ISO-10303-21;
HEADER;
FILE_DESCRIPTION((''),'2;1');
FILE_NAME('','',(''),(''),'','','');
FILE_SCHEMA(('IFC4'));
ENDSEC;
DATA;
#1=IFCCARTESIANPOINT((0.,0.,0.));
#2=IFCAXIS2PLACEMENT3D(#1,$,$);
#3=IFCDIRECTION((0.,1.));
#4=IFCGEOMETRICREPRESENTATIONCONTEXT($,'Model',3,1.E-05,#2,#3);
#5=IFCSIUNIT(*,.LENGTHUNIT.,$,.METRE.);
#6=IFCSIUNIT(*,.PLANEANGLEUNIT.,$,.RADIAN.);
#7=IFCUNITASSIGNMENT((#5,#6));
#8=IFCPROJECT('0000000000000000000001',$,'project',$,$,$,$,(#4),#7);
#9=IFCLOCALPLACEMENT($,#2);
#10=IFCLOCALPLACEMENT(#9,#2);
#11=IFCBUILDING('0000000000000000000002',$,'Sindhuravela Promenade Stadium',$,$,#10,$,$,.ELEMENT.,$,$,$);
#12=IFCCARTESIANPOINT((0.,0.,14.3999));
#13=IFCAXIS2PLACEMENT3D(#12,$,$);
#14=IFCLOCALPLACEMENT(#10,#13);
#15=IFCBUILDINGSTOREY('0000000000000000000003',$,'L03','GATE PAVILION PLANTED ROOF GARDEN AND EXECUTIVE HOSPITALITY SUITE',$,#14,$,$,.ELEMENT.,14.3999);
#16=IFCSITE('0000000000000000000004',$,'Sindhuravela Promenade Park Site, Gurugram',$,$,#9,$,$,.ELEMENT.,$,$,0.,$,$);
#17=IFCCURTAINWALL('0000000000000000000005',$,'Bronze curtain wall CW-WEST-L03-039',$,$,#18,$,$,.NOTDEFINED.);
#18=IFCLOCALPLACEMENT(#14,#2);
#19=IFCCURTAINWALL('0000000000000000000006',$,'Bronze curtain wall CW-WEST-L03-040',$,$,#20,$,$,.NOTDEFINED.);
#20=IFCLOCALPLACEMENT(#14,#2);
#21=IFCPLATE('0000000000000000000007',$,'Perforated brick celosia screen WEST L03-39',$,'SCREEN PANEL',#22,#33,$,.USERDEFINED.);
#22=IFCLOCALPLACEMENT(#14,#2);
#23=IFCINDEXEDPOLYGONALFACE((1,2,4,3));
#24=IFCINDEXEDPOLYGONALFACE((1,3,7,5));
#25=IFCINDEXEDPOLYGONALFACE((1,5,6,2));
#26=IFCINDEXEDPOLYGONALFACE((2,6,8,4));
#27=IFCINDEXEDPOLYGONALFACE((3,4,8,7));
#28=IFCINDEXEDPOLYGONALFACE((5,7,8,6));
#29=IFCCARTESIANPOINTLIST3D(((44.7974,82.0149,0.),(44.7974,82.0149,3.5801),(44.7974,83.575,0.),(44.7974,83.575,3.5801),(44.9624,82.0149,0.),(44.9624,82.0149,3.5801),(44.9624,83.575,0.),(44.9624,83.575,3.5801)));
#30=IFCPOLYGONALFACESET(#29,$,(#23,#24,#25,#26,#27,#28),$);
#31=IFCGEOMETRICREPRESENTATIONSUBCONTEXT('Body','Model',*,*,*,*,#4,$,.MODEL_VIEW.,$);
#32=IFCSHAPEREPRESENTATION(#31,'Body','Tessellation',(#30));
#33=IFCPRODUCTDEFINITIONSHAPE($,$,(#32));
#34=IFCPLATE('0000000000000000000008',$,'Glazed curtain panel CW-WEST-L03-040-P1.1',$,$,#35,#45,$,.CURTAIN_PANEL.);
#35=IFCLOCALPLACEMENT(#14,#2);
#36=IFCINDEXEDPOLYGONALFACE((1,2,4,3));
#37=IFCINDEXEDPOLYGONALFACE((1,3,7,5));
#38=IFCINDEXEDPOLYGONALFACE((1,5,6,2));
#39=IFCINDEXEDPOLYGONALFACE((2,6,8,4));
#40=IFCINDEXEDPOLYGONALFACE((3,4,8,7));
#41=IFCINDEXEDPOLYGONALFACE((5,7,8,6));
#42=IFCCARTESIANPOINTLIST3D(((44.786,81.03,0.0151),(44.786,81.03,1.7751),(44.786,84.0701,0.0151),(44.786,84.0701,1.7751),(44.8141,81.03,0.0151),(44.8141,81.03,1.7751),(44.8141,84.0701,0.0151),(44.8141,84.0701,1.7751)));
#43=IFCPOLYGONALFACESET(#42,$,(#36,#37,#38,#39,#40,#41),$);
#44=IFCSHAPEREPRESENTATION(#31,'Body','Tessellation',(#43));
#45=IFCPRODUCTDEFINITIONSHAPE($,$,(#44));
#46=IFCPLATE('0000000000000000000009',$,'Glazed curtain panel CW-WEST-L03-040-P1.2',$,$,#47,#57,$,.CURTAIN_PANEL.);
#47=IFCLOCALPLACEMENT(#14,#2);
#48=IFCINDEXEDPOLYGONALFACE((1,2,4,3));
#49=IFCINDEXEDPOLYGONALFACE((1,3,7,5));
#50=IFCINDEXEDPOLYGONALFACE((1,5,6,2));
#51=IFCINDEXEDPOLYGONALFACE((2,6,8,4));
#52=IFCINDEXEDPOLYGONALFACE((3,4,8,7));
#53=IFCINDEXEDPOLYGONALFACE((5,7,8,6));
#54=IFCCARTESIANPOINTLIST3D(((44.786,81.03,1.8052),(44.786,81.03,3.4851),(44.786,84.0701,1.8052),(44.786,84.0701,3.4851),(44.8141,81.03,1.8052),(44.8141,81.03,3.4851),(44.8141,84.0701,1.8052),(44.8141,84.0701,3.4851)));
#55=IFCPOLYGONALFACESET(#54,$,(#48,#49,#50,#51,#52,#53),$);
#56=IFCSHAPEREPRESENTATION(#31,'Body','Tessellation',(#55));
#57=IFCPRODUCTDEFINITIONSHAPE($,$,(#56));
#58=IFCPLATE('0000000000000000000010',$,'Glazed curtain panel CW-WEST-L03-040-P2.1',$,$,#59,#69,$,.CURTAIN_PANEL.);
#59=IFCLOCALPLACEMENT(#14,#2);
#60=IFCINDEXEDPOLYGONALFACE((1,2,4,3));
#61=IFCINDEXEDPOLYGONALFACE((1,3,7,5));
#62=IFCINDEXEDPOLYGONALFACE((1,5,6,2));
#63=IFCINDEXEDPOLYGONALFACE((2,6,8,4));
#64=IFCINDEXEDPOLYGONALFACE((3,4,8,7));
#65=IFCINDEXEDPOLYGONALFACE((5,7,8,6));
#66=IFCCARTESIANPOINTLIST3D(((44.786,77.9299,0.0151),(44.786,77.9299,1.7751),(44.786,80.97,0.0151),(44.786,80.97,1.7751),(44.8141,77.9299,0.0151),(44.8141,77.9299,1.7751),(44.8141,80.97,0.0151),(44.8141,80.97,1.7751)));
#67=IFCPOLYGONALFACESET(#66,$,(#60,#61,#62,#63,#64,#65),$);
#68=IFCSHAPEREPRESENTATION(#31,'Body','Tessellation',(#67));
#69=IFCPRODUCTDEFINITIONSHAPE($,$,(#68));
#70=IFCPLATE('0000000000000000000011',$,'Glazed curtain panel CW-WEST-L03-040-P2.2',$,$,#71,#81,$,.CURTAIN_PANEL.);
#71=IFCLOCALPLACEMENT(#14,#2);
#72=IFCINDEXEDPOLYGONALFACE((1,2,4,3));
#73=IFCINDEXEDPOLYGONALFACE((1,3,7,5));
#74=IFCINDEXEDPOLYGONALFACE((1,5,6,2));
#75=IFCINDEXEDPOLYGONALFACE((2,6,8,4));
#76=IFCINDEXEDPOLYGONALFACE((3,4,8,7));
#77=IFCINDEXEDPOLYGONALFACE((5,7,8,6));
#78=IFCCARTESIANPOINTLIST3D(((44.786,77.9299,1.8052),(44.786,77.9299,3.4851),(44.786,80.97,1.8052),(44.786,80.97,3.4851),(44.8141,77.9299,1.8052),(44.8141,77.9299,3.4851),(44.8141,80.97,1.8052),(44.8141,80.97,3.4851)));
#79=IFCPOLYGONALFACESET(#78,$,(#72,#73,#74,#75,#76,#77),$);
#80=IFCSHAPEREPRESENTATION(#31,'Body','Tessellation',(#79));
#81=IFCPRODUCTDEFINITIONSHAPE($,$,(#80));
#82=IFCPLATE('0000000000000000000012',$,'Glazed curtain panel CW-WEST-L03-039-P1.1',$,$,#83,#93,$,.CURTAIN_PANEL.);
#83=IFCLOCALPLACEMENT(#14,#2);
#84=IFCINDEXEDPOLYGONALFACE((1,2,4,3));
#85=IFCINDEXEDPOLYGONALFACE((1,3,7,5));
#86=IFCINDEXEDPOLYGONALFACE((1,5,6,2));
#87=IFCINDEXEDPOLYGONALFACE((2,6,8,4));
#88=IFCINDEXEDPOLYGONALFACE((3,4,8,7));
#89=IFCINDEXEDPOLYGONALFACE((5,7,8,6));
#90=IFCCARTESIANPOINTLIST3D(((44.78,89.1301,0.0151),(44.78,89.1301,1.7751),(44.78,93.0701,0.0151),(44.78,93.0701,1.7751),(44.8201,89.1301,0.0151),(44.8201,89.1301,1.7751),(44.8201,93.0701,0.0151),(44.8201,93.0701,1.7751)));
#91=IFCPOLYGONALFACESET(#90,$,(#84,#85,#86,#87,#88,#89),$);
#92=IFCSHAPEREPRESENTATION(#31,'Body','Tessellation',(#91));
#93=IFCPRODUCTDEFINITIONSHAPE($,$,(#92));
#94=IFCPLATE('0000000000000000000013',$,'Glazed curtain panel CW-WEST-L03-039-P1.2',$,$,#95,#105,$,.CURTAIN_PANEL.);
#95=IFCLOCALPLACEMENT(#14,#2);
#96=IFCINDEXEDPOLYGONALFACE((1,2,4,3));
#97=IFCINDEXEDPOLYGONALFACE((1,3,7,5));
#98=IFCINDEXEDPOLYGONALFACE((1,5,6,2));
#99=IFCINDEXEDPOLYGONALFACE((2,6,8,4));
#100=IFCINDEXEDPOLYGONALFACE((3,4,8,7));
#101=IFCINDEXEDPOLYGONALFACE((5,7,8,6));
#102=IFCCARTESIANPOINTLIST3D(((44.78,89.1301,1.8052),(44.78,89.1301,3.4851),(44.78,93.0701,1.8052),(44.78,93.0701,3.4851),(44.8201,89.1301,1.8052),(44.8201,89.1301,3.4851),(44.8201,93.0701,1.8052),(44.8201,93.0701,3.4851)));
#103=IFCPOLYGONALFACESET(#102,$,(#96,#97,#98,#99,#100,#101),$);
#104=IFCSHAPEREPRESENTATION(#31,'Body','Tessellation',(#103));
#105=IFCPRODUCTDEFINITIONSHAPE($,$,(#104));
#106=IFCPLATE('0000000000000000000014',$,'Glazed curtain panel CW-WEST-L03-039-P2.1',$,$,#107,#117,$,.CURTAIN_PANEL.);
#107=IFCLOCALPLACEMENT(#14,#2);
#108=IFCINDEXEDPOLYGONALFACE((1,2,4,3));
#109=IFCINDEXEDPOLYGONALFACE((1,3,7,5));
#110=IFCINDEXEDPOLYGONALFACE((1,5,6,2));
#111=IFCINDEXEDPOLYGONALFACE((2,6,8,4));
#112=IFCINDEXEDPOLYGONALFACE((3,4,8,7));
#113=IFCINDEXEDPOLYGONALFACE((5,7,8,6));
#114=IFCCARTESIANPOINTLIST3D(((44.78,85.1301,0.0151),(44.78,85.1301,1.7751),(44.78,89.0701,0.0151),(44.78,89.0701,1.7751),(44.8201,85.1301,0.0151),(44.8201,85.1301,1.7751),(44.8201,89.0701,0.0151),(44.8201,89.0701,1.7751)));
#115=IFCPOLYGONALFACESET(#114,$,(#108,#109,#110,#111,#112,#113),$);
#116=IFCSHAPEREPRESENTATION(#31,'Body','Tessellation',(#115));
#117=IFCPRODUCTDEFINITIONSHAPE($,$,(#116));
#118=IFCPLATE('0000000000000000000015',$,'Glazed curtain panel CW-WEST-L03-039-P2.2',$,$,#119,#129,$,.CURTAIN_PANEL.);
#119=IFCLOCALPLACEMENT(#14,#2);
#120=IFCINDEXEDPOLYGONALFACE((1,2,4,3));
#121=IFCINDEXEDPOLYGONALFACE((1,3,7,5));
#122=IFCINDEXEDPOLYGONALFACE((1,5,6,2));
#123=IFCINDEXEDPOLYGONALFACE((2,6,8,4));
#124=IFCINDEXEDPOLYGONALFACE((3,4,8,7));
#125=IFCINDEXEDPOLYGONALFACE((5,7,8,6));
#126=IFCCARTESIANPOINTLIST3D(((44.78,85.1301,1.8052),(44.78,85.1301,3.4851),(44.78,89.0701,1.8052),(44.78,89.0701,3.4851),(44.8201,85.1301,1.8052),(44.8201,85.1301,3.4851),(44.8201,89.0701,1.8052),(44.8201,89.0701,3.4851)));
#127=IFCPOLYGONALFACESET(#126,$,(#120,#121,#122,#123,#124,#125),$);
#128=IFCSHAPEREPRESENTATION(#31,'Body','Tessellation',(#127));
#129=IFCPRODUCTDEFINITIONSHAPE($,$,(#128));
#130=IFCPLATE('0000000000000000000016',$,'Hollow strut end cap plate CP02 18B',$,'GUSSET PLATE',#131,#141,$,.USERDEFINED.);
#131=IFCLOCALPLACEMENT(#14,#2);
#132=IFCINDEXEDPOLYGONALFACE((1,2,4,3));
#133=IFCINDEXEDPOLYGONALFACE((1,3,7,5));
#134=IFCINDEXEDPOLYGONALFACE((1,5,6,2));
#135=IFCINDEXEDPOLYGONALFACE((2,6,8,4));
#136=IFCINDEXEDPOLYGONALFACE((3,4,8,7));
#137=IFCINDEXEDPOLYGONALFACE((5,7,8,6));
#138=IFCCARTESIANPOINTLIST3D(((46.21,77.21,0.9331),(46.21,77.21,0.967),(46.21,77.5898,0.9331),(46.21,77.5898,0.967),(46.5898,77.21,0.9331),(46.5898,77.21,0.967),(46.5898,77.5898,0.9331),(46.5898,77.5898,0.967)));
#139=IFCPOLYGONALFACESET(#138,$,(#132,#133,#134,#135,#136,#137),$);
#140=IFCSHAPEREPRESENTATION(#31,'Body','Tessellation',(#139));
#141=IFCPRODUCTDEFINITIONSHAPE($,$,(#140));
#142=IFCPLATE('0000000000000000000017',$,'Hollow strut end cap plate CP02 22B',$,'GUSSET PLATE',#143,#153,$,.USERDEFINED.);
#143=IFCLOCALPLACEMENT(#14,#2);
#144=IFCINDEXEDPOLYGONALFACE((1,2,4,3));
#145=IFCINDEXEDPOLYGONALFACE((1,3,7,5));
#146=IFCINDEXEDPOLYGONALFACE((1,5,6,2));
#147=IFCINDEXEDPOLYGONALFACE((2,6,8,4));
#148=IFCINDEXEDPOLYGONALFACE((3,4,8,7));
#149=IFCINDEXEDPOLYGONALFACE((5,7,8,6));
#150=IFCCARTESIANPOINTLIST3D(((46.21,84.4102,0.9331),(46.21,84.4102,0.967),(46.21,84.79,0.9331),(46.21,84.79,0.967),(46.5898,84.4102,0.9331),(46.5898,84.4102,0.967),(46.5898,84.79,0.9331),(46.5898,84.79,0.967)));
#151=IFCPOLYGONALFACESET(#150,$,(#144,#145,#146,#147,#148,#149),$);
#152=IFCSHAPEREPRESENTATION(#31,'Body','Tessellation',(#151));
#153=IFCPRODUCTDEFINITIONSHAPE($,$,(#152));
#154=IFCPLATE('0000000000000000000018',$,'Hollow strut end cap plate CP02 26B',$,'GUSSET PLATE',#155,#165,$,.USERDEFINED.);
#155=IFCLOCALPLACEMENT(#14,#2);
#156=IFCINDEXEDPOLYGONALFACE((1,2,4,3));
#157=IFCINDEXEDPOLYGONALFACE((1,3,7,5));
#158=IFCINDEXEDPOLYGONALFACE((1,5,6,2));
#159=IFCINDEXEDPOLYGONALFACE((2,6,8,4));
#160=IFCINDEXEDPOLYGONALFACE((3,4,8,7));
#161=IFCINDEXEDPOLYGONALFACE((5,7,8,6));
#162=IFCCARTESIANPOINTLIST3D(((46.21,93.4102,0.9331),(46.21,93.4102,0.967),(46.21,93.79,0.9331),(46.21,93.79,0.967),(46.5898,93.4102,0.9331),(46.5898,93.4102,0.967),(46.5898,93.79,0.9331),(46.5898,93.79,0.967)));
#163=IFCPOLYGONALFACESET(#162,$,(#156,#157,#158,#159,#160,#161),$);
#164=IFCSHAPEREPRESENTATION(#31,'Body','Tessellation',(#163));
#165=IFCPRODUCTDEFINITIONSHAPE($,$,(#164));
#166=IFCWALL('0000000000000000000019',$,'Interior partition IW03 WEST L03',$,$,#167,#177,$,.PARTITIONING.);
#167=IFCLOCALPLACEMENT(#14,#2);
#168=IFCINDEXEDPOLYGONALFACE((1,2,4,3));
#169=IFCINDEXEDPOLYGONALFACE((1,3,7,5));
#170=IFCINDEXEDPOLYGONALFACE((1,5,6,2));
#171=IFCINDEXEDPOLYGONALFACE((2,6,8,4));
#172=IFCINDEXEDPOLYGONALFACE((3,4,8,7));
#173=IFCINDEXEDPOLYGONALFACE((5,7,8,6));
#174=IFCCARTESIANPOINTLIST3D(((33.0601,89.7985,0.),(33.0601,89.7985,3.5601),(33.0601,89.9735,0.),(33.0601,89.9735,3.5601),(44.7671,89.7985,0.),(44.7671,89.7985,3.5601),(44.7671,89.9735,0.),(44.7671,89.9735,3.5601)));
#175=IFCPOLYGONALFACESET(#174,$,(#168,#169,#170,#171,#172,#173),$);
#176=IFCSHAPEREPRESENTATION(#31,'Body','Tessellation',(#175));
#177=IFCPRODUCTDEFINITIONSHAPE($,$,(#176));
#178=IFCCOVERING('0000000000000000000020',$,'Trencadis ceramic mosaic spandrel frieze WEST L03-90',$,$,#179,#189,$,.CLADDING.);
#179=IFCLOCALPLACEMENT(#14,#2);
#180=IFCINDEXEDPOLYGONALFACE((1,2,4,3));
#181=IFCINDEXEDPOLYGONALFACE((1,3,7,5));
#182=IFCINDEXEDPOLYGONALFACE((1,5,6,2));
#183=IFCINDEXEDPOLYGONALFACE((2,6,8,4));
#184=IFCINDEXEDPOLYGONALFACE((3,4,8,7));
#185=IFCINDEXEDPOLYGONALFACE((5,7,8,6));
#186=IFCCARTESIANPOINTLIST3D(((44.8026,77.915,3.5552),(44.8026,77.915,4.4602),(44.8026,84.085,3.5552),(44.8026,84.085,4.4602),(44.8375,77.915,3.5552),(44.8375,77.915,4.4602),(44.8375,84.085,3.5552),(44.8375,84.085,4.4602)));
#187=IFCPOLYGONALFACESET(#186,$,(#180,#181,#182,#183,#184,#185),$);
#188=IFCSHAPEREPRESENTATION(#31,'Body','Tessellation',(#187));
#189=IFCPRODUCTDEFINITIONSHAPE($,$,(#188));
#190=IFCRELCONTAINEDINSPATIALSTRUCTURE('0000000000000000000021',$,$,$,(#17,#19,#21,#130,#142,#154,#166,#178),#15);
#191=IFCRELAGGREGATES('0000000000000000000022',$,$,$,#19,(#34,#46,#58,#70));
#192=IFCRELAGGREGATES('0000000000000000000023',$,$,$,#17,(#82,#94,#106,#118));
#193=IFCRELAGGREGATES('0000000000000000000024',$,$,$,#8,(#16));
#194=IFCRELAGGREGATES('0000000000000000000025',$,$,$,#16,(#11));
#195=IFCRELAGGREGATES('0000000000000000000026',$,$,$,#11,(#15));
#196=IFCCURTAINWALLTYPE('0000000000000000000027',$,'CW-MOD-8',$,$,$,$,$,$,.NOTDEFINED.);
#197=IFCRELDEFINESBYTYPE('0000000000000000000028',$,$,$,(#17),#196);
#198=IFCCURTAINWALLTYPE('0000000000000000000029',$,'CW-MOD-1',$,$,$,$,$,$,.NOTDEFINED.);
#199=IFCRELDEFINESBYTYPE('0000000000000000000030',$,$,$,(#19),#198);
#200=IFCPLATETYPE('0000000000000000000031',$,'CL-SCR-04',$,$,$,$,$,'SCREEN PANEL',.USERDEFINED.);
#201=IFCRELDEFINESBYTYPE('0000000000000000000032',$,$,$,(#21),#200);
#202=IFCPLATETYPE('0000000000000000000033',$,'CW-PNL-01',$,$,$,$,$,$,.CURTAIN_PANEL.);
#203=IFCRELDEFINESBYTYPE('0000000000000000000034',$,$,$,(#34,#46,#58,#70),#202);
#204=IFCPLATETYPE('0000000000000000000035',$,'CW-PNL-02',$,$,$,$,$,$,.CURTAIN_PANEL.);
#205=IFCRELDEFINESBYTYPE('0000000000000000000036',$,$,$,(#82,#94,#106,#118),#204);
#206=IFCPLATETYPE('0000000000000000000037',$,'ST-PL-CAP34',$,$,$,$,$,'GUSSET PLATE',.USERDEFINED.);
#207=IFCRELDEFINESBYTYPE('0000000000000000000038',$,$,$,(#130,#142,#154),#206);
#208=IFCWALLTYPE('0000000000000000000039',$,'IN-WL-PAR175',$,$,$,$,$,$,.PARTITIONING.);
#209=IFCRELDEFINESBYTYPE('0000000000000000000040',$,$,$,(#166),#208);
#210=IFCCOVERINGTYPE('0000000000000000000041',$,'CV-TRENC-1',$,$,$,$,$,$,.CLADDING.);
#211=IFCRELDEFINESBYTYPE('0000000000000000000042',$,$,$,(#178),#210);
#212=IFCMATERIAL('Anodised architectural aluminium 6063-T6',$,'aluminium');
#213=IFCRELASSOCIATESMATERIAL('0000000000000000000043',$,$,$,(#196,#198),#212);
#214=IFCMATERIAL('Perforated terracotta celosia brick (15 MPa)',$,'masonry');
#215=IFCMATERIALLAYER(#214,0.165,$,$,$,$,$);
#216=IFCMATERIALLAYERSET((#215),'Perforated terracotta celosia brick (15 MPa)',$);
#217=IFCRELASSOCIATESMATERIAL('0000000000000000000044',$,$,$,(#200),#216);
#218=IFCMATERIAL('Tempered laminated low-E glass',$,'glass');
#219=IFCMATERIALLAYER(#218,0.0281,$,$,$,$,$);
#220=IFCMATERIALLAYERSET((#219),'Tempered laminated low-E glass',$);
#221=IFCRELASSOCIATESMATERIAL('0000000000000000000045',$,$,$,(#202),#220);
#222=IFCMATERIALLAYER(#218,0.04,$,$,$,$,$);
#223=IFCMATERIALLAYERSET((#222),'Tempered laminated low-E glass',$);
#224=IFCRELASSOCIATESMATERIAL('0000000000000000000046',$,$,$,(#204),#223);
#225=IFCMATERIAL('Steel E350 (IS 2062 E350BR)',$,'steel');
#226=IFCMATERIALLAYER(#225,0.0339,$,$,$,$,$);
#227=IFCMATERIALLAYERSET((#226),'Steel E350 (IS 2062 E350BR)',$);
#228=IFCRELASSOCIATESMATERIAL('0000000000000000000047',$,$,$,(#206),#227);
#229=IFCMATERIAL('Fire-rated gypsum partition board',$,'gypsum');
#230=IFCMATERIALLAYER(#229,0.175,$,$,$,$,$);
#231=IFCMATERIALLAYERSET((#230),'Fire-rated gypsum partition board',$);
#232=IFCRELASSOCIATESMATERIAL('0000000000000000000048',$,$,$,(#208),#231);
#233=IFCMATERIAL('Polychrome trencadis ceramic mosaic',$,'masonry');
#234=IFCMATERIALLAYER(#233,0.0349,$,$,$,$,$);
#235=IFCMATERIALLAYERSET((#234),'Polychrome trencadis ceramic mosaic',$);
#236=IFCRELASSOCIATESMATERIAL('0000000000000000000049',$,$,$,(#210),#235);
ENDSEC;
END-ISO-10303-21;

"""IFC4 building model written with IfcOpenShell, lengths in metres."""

from ifc_helpers import new_model, si_unit, direction, frame, frame_2d, origin, origin_2d, place, context, subcontext, project, spatial, rectangle, extrude, material, layer, layer_set, type_object, element, aggregate, save


model = new_model("IFC4")

# Units and contexts
model_context = context("Model", 3, precision=1e-05, world=origin(), true_north=direction((0.0, 1.0)))
body_context = subcontext(model_context, "Body", "Model", "MODEL_VIEW")
ifc_project = project(units=[si_unit("LENGTHUNIT", "METRE"), si_unit("PLANEANGLEUNIT", "RADIAN")], contexts=[model_context])

# Site, building, storey
site_placement = place(None, origin())
site = spatial("IfcSite", under=ifc_project, at=site_placement, Name="Sindhuravela Promenade Park Site, Gurugram", CompositionType="ELEMENT", RefElevation=0.0)
building_placement = place(site_placement, origin())
building = spatial("IfcBuilding", under=site, at=building_placement, Name="Sindhuravela Promenade Stadium", CompositionType="ELEMENT")
storey_placement = place(building_placement, frame((0.0, 0.0, 14.3999)))
storey = spatial("IfcBuildingStorey", under=building, at=storey_placement, Name="L03", Description="GATE PAVILION PLANTED ROOF GARDEN AND EXECUTIVE HOSPITALITY SUITE", CompositionType="ELEMENT", Elevation=14.3999)

# Curtain walls
ifc_material_1 = material(Name="Anodised architectural aluminium 6063-T6", Category="aluminium")
curtain_wall_type_1 = type_object("IfcCurtainWallType", Name="CW-MOD-8", PredefinedType="NOTDEFINED", material=ifc_material_1)
curtain_wall_1_placement = place(storey_placement, origin())
curtain_wall_1 = element("IfcCurtainWall", 1, at=curtain_wall_1_placement, inside=storey, type_object=curtain_wall_type_1, Name="Bronze curtain wall CW-WEST-L03-039", PredefinedType="NOTDEFINED")
curtain_wall_type_2 = type_object("IfcCurtainWallType", Name="CW-MOD-1", PredefinedType="NOTDEFINED", material=ifc_material_1)
curtain_wall_2_placement = place(storey_placement, origin())
curtain_wall_2 = element("IfcCurtainWall", 2, at=curtain_wall_2_placement, inside=storey, type_object=curtain_wall_type_2, Name="Bronze curtain wall CW-WEST-L03-040", PredefinedType="NOTDEFINED")

# Plate
ifc_material_2 = material(Name="Perforated terracotta celosia brick (15 MPa)", Category="masonry")
ifc_layer_1 = layer(ifc_material_2, 0.165)
ifc_layer_set_1 = layer_set([ifc_layer_1], Name="Perforated terracotta celosia brick (15 MPa)")
plate_type_1 = type_object("IfcPlateType", Name="CL-SCR-04", ElementType="SCREEN PANEL", PredefinedType="USERDEFINED", material=ifc_layer_set_1)
plate_1_placement = place(storey_placement, frame((44.8799, 82.7949, 0.0), z_axis=(0.0, 0.0, 1.0), x_axis=(0.0, -1.0, 0.0)))
element("IfcPlate", 3, at=plate_1_placement, inside=storey, type_object=plate_type_1, Name="Perforated brick celosia screen WEST L03-39", ObjectType="SCREEN PANEL", PredefinedType="USERDEFINED", context=body_context, shape_type="SweptSolid", body=[
    extrude(rectangle(XDim=1.5601, YDim=0.165, at=origin_2d()), origin(), (0.0, 0.0, 1.0), 3.5801),
])

# Plates
ifc_material_3 = material(Name="Tempered laminated low-E glass", Category="glass")
ifc_layer_2 = layer(ifc_material_3, 0.0281)
ifc_layer_set_2 = layer_set([ifc_layer_2], Name="Tempered laminated low-E glass")
plate_type_2 = type_object("IfcPlateType", Name="CW-PNL-01", PredefinedType="CURTAIN_PANEL", material=ifc_layer_set_2)
plate_2_placement = place(storey_placement, frame((44.8, 82.55, 0.0151), z_axis=(0.0, 0.0, 1.0), x_axis=(0.0, -1.0, 0.0)))
plate_2 = element("IfcPlate", 4, at=plate_2_placement, type_object=plate_type_2, Name="Glazed curtain panel CW-WEST-L03-040-P1.1", PredefinedType="CURTAIN_PANEL", context=body_context, shape_type="SweptSolid", body=[
    extrude(rectangle(XDim=3.04, YDim=0.0281, at=origin_2d()), origin(), (0.0, 0.0, 1.0), 1.76),
])
plate_3_placement = place(storey_placement, frame((44.8, 82.55, 1.8052), z_axis=(0.0, 0.0, 1.0), x_axis=(0.0, -1.0, 0.0)))
plate_3 = element("IfcPlate", 5, at=plate_3_placement, type_object=plate_type_2, Name="Glazed curtain panel CW-WEST-L03-040-P1.2", PredefinedType="CURTAIN_PANEL", context=body_context, shape_type="SweptSolid", body=[
    extrude(rectangle(XDim=3.04, YDim=0.0281, at=origin_2d()), origin(), (0.0, 0.0, 1.0), 1.6799),
])
plate_4_placement = place(storey_placement, frame((44.8, 79.45, 0.0151), z_axis=(0.0, 0.0, 1.0), x_axis=(0.0, -1.0, 0.0)))
plate_4 = element("IfcPlate", 6, at=plate_4_placement, type_object=plate_type_2, Name="Glazed curtain panel CW-WEST-L03-040-P2.1", PredefinedType="CURTAIN_PANEL", context=body_context, shape_type="SweptSolid", body=[
    extrude(rectangle(XDim=3.04, YDim=0.0281, at=origin_2d()), origin(), (0.0, 0.0, 1.0), 1.76),
])
plate_5_placement = place(storey_placement, frame((44.8, 79.45, 1.8052), z_axis=(0.0, 0.0, 1.0), x_axis=(0.0, -1.0, 0.0)))
plate_5 = element("IfcPlate", 7, at=plate_5_placement, type_object=plate_type_2, Name="Glazed curtain panel CW-WEST-L03-040-P2.2", PredefinedType="CURTAIN_PANEL", context=body_context, shape_type="SweptSolid", body=[
    extrude(rectangle(XDim=3.04, YDim=0.0281, at=origin_2d()), origin(), (0.0, 0.0, 1.0), 1.6799),
])
aggregate(curtain_wall_2, [plate_2, plate_3, plate_4, plate_5])
ifc_layer_3 = layer(ifc_material_3, 0.04)
ifc_layer_set_3 = layer_set([ifc_layer_3], Name="Tempered laminated low-E glass")
plate_type_3 = type_object("IfcPlateType", Name="CW-PNL-02", PredefinedType="CURTAIN_PANEL", material=ifc_layer_set_3)
plate_6_placement = place(storey_placement, frame((44.8, 91.1001, 0.0151), z_axis=(0.0, 0.0, 1.0), x_axis=(0.0, -1.0, 0.0)))
plate_6 = element("IfcPlate", 8, at=plate_6_placement, type_object=plate_type_3, Name="Glazed curtain panel CW-WEST-L03-039-P1.1", PredefinedType="CURTAIN_PANEL", context=body_context, shape_type="SweptSolid", body=[
    extrude(rectangle(XDim=3.9399, YDim=0.04, at=origin_2d()), origin(), (0.0, 0.0, 1.0), 1.76),
])
plate_7_placement = place(storey_placement, frame((44.8, 91.1001, 1.8052), z_axis=(0.0, 0.0, 1.0), x_axis=(0.0, -1.0, 0.0)))
plate_7 = element("IfcPlate", 9, at=plate_7_placement, type_object=plate_type_3, Name="Glazed curtain panel CW-WEST-L03-039-P1.2", PredefinedType="CURTAIN_PANEL", context=body_context, shape_type="SweptSolid", body=[
    extrude(rectangle(XDim=3.9399, YDim=0.04, at=origin_2d()), origin(), (0.0, 0.0, 1.0), 1.6799),
])
plate_8_placement = place(storey_placement, frame((44.8, 87.1001, 0.0151), z_axis=(0.0, 0.0, 1.0), x_axis=(0.0, -1.0, 0.0)))
plate_8 = element("IfcPlate", 10, at=plate_8_placement, type_object=plate_type_3, Name="Glazed curtain panel CW-WEST-L03-039-P2.1", PredefinedType="CURTAIN_PANEL", context=body_context, shape_type="SweptSolid", body=[
    extrude(rectangle(XDim=3.9399, YDim=0.04, at=origin_2d()), origin(), (0.0, 0.0, 1.0), 1.76),
])
plate_9_placement = place(storey_placement, frame((44.8, 87.1001, 1.8052), z_axis=(0.0, 0.0, 1.0), x_axis=(0.0, -1.0, 0.0)))
plate_9 = element("IfcPlate", 11, at=plate_9_placement, type_object=plate_type_3, Name="Glazed curtain panel CW-WEST-L03-039-P2.2", PredefinedType="CURTAIN_PANEL", context=body_context, shape_type="SweptSolid", body=[
    extrude(rectangle(XDim=3.9399, YDim=0.04, at=origin_2d()), origin(), (0.0, 0.0, 1.0), 1.6799),
])
aggregate(curtain_wall_1, [plate_6, plate_7, plate_8, plate_9])

# Plates
ifc_material_4 = material(Name="Steel E350 (IS 2062 E350BR)", Category="steel")
ifc_layer_4 = layer(ifc_material_4, 0.0339)
ifc_layer_set_4 = layer_set([ifc_layer_4], Name="Steel E350 (IS 2062 E350BR)")
plate_type_4 = type_object("IfcPlateType", Name="ST-PL-CAP34", ElementType="GUSSET PLATE", PredefinedType="USERDEFINED", material=ifc_layer_set_4)
for number, where, z_axis, x_axis, name in (
    (12, (46.3999, 77.3999, 0.9331), (0.0, 0.0, 1.0), (1.0, 0.0, 0.0), "Hollow strut end cap plate CP02 18B"),
    (13, (46.3999, 84.6001, 0.9331), (0.0, 0.0, 1.0), (1.0, 0.0, 0.0), "Hollow strut end cap plate CP02 22B"),
    (14, (46.3999, 93.6001, 0.9331), (0.0, 0.0, 1.0), (1.0, 0.0, 0.0), "Hollow strut end cap plate CP02 26B"),
):
    element("IfcPlate", number, at=place(storey_placement, frame(where, z_axis=z_axis, x_axis=x_axis)), inside=storey, type_object=plate_type_4, Name=name, ObjectType="GUSSET PLATE", PredefinedType="USERDEFINED", context=body_context, shape_type="SweptSolid", body=[
        extrude(rectangle(XDim=0.3799, YDim=0.3799, at=origin_2d()), origin(), (0.0, 0.0, 1.0), 0.0339),
    ])

# Wall
ifc_material_5 = material(Name="Fire-rated gypsum partition board", Category="gypsum")
ifc_layer_5 = layer(ifc_material_5, 0.175)
ifc_layer_set_5 = layer_set([ifc_layer_5], Name="Fire-rated gypsum partition board")
wall_type = type_object("IfcWallType", Name="IN-WL-PAR175", PredefinedType="PARTITIONING", material=ifc_layer_set_5)
wall_placement = place(storey_placement, frame((44.7671, 89.886, 0.0), z_axis=(0.0, 0.0, 1.0), x_axis=(-1.0, 0.0, 0.0)))
element("IfcWall", 15, at=wall_placement, inside=storey, type_object=wall_type, Name="Interior partition IW03 WEST L03", PredefinedType="PARTITIONING", context=body_context, shape_type="SweptSolid", body=[
    extrude(rectangle(XDim=11.707, YDim=0.175, at=frame_2d((5.8535, 0.0))), origin(), (0.0, 0.0, 1.0), 3.5601),
])

# Covering
ifc_material_6 = material(Name="Polychrome trencadis ceramic mosaic", Category="masonry")
ifc_layer_6 = layer(ifc_material_6, 0.0349)
ifc_layer_set_6 = layer_set([ifc_layer_6], Name="Polychrome trencadis ceramic mosaic")
covering_type_1 = type_object("IfcCoveringType", Name="CV-TRENC-1", PredefinedType="CLADDING", material=ifc_layer_set_6)
covering_1_placement = place(storey_placement, frame((44.8201, 81.0, 3.5552), z_axis=(0.0, 0.0, 1.0), x_axis=(0.0, -1.0, 0.0)))
element("IfcCovering", 16, at=covering_1_placement, inside=storey, type_object=covering_type_1, Name="Trencadis ceramic mosaic spandrel frieze WEST L03-90", PredefinedType="CLADDING", context=body_context, shape_type="SweptSolid", body=[
    extrude(rectangle(XDim=6.1699, YDim=0.0349, at=origin_2d()), origin(), (0.0, 0.0, 1.0), 0.905),
])

save(model, "model.ifc")
